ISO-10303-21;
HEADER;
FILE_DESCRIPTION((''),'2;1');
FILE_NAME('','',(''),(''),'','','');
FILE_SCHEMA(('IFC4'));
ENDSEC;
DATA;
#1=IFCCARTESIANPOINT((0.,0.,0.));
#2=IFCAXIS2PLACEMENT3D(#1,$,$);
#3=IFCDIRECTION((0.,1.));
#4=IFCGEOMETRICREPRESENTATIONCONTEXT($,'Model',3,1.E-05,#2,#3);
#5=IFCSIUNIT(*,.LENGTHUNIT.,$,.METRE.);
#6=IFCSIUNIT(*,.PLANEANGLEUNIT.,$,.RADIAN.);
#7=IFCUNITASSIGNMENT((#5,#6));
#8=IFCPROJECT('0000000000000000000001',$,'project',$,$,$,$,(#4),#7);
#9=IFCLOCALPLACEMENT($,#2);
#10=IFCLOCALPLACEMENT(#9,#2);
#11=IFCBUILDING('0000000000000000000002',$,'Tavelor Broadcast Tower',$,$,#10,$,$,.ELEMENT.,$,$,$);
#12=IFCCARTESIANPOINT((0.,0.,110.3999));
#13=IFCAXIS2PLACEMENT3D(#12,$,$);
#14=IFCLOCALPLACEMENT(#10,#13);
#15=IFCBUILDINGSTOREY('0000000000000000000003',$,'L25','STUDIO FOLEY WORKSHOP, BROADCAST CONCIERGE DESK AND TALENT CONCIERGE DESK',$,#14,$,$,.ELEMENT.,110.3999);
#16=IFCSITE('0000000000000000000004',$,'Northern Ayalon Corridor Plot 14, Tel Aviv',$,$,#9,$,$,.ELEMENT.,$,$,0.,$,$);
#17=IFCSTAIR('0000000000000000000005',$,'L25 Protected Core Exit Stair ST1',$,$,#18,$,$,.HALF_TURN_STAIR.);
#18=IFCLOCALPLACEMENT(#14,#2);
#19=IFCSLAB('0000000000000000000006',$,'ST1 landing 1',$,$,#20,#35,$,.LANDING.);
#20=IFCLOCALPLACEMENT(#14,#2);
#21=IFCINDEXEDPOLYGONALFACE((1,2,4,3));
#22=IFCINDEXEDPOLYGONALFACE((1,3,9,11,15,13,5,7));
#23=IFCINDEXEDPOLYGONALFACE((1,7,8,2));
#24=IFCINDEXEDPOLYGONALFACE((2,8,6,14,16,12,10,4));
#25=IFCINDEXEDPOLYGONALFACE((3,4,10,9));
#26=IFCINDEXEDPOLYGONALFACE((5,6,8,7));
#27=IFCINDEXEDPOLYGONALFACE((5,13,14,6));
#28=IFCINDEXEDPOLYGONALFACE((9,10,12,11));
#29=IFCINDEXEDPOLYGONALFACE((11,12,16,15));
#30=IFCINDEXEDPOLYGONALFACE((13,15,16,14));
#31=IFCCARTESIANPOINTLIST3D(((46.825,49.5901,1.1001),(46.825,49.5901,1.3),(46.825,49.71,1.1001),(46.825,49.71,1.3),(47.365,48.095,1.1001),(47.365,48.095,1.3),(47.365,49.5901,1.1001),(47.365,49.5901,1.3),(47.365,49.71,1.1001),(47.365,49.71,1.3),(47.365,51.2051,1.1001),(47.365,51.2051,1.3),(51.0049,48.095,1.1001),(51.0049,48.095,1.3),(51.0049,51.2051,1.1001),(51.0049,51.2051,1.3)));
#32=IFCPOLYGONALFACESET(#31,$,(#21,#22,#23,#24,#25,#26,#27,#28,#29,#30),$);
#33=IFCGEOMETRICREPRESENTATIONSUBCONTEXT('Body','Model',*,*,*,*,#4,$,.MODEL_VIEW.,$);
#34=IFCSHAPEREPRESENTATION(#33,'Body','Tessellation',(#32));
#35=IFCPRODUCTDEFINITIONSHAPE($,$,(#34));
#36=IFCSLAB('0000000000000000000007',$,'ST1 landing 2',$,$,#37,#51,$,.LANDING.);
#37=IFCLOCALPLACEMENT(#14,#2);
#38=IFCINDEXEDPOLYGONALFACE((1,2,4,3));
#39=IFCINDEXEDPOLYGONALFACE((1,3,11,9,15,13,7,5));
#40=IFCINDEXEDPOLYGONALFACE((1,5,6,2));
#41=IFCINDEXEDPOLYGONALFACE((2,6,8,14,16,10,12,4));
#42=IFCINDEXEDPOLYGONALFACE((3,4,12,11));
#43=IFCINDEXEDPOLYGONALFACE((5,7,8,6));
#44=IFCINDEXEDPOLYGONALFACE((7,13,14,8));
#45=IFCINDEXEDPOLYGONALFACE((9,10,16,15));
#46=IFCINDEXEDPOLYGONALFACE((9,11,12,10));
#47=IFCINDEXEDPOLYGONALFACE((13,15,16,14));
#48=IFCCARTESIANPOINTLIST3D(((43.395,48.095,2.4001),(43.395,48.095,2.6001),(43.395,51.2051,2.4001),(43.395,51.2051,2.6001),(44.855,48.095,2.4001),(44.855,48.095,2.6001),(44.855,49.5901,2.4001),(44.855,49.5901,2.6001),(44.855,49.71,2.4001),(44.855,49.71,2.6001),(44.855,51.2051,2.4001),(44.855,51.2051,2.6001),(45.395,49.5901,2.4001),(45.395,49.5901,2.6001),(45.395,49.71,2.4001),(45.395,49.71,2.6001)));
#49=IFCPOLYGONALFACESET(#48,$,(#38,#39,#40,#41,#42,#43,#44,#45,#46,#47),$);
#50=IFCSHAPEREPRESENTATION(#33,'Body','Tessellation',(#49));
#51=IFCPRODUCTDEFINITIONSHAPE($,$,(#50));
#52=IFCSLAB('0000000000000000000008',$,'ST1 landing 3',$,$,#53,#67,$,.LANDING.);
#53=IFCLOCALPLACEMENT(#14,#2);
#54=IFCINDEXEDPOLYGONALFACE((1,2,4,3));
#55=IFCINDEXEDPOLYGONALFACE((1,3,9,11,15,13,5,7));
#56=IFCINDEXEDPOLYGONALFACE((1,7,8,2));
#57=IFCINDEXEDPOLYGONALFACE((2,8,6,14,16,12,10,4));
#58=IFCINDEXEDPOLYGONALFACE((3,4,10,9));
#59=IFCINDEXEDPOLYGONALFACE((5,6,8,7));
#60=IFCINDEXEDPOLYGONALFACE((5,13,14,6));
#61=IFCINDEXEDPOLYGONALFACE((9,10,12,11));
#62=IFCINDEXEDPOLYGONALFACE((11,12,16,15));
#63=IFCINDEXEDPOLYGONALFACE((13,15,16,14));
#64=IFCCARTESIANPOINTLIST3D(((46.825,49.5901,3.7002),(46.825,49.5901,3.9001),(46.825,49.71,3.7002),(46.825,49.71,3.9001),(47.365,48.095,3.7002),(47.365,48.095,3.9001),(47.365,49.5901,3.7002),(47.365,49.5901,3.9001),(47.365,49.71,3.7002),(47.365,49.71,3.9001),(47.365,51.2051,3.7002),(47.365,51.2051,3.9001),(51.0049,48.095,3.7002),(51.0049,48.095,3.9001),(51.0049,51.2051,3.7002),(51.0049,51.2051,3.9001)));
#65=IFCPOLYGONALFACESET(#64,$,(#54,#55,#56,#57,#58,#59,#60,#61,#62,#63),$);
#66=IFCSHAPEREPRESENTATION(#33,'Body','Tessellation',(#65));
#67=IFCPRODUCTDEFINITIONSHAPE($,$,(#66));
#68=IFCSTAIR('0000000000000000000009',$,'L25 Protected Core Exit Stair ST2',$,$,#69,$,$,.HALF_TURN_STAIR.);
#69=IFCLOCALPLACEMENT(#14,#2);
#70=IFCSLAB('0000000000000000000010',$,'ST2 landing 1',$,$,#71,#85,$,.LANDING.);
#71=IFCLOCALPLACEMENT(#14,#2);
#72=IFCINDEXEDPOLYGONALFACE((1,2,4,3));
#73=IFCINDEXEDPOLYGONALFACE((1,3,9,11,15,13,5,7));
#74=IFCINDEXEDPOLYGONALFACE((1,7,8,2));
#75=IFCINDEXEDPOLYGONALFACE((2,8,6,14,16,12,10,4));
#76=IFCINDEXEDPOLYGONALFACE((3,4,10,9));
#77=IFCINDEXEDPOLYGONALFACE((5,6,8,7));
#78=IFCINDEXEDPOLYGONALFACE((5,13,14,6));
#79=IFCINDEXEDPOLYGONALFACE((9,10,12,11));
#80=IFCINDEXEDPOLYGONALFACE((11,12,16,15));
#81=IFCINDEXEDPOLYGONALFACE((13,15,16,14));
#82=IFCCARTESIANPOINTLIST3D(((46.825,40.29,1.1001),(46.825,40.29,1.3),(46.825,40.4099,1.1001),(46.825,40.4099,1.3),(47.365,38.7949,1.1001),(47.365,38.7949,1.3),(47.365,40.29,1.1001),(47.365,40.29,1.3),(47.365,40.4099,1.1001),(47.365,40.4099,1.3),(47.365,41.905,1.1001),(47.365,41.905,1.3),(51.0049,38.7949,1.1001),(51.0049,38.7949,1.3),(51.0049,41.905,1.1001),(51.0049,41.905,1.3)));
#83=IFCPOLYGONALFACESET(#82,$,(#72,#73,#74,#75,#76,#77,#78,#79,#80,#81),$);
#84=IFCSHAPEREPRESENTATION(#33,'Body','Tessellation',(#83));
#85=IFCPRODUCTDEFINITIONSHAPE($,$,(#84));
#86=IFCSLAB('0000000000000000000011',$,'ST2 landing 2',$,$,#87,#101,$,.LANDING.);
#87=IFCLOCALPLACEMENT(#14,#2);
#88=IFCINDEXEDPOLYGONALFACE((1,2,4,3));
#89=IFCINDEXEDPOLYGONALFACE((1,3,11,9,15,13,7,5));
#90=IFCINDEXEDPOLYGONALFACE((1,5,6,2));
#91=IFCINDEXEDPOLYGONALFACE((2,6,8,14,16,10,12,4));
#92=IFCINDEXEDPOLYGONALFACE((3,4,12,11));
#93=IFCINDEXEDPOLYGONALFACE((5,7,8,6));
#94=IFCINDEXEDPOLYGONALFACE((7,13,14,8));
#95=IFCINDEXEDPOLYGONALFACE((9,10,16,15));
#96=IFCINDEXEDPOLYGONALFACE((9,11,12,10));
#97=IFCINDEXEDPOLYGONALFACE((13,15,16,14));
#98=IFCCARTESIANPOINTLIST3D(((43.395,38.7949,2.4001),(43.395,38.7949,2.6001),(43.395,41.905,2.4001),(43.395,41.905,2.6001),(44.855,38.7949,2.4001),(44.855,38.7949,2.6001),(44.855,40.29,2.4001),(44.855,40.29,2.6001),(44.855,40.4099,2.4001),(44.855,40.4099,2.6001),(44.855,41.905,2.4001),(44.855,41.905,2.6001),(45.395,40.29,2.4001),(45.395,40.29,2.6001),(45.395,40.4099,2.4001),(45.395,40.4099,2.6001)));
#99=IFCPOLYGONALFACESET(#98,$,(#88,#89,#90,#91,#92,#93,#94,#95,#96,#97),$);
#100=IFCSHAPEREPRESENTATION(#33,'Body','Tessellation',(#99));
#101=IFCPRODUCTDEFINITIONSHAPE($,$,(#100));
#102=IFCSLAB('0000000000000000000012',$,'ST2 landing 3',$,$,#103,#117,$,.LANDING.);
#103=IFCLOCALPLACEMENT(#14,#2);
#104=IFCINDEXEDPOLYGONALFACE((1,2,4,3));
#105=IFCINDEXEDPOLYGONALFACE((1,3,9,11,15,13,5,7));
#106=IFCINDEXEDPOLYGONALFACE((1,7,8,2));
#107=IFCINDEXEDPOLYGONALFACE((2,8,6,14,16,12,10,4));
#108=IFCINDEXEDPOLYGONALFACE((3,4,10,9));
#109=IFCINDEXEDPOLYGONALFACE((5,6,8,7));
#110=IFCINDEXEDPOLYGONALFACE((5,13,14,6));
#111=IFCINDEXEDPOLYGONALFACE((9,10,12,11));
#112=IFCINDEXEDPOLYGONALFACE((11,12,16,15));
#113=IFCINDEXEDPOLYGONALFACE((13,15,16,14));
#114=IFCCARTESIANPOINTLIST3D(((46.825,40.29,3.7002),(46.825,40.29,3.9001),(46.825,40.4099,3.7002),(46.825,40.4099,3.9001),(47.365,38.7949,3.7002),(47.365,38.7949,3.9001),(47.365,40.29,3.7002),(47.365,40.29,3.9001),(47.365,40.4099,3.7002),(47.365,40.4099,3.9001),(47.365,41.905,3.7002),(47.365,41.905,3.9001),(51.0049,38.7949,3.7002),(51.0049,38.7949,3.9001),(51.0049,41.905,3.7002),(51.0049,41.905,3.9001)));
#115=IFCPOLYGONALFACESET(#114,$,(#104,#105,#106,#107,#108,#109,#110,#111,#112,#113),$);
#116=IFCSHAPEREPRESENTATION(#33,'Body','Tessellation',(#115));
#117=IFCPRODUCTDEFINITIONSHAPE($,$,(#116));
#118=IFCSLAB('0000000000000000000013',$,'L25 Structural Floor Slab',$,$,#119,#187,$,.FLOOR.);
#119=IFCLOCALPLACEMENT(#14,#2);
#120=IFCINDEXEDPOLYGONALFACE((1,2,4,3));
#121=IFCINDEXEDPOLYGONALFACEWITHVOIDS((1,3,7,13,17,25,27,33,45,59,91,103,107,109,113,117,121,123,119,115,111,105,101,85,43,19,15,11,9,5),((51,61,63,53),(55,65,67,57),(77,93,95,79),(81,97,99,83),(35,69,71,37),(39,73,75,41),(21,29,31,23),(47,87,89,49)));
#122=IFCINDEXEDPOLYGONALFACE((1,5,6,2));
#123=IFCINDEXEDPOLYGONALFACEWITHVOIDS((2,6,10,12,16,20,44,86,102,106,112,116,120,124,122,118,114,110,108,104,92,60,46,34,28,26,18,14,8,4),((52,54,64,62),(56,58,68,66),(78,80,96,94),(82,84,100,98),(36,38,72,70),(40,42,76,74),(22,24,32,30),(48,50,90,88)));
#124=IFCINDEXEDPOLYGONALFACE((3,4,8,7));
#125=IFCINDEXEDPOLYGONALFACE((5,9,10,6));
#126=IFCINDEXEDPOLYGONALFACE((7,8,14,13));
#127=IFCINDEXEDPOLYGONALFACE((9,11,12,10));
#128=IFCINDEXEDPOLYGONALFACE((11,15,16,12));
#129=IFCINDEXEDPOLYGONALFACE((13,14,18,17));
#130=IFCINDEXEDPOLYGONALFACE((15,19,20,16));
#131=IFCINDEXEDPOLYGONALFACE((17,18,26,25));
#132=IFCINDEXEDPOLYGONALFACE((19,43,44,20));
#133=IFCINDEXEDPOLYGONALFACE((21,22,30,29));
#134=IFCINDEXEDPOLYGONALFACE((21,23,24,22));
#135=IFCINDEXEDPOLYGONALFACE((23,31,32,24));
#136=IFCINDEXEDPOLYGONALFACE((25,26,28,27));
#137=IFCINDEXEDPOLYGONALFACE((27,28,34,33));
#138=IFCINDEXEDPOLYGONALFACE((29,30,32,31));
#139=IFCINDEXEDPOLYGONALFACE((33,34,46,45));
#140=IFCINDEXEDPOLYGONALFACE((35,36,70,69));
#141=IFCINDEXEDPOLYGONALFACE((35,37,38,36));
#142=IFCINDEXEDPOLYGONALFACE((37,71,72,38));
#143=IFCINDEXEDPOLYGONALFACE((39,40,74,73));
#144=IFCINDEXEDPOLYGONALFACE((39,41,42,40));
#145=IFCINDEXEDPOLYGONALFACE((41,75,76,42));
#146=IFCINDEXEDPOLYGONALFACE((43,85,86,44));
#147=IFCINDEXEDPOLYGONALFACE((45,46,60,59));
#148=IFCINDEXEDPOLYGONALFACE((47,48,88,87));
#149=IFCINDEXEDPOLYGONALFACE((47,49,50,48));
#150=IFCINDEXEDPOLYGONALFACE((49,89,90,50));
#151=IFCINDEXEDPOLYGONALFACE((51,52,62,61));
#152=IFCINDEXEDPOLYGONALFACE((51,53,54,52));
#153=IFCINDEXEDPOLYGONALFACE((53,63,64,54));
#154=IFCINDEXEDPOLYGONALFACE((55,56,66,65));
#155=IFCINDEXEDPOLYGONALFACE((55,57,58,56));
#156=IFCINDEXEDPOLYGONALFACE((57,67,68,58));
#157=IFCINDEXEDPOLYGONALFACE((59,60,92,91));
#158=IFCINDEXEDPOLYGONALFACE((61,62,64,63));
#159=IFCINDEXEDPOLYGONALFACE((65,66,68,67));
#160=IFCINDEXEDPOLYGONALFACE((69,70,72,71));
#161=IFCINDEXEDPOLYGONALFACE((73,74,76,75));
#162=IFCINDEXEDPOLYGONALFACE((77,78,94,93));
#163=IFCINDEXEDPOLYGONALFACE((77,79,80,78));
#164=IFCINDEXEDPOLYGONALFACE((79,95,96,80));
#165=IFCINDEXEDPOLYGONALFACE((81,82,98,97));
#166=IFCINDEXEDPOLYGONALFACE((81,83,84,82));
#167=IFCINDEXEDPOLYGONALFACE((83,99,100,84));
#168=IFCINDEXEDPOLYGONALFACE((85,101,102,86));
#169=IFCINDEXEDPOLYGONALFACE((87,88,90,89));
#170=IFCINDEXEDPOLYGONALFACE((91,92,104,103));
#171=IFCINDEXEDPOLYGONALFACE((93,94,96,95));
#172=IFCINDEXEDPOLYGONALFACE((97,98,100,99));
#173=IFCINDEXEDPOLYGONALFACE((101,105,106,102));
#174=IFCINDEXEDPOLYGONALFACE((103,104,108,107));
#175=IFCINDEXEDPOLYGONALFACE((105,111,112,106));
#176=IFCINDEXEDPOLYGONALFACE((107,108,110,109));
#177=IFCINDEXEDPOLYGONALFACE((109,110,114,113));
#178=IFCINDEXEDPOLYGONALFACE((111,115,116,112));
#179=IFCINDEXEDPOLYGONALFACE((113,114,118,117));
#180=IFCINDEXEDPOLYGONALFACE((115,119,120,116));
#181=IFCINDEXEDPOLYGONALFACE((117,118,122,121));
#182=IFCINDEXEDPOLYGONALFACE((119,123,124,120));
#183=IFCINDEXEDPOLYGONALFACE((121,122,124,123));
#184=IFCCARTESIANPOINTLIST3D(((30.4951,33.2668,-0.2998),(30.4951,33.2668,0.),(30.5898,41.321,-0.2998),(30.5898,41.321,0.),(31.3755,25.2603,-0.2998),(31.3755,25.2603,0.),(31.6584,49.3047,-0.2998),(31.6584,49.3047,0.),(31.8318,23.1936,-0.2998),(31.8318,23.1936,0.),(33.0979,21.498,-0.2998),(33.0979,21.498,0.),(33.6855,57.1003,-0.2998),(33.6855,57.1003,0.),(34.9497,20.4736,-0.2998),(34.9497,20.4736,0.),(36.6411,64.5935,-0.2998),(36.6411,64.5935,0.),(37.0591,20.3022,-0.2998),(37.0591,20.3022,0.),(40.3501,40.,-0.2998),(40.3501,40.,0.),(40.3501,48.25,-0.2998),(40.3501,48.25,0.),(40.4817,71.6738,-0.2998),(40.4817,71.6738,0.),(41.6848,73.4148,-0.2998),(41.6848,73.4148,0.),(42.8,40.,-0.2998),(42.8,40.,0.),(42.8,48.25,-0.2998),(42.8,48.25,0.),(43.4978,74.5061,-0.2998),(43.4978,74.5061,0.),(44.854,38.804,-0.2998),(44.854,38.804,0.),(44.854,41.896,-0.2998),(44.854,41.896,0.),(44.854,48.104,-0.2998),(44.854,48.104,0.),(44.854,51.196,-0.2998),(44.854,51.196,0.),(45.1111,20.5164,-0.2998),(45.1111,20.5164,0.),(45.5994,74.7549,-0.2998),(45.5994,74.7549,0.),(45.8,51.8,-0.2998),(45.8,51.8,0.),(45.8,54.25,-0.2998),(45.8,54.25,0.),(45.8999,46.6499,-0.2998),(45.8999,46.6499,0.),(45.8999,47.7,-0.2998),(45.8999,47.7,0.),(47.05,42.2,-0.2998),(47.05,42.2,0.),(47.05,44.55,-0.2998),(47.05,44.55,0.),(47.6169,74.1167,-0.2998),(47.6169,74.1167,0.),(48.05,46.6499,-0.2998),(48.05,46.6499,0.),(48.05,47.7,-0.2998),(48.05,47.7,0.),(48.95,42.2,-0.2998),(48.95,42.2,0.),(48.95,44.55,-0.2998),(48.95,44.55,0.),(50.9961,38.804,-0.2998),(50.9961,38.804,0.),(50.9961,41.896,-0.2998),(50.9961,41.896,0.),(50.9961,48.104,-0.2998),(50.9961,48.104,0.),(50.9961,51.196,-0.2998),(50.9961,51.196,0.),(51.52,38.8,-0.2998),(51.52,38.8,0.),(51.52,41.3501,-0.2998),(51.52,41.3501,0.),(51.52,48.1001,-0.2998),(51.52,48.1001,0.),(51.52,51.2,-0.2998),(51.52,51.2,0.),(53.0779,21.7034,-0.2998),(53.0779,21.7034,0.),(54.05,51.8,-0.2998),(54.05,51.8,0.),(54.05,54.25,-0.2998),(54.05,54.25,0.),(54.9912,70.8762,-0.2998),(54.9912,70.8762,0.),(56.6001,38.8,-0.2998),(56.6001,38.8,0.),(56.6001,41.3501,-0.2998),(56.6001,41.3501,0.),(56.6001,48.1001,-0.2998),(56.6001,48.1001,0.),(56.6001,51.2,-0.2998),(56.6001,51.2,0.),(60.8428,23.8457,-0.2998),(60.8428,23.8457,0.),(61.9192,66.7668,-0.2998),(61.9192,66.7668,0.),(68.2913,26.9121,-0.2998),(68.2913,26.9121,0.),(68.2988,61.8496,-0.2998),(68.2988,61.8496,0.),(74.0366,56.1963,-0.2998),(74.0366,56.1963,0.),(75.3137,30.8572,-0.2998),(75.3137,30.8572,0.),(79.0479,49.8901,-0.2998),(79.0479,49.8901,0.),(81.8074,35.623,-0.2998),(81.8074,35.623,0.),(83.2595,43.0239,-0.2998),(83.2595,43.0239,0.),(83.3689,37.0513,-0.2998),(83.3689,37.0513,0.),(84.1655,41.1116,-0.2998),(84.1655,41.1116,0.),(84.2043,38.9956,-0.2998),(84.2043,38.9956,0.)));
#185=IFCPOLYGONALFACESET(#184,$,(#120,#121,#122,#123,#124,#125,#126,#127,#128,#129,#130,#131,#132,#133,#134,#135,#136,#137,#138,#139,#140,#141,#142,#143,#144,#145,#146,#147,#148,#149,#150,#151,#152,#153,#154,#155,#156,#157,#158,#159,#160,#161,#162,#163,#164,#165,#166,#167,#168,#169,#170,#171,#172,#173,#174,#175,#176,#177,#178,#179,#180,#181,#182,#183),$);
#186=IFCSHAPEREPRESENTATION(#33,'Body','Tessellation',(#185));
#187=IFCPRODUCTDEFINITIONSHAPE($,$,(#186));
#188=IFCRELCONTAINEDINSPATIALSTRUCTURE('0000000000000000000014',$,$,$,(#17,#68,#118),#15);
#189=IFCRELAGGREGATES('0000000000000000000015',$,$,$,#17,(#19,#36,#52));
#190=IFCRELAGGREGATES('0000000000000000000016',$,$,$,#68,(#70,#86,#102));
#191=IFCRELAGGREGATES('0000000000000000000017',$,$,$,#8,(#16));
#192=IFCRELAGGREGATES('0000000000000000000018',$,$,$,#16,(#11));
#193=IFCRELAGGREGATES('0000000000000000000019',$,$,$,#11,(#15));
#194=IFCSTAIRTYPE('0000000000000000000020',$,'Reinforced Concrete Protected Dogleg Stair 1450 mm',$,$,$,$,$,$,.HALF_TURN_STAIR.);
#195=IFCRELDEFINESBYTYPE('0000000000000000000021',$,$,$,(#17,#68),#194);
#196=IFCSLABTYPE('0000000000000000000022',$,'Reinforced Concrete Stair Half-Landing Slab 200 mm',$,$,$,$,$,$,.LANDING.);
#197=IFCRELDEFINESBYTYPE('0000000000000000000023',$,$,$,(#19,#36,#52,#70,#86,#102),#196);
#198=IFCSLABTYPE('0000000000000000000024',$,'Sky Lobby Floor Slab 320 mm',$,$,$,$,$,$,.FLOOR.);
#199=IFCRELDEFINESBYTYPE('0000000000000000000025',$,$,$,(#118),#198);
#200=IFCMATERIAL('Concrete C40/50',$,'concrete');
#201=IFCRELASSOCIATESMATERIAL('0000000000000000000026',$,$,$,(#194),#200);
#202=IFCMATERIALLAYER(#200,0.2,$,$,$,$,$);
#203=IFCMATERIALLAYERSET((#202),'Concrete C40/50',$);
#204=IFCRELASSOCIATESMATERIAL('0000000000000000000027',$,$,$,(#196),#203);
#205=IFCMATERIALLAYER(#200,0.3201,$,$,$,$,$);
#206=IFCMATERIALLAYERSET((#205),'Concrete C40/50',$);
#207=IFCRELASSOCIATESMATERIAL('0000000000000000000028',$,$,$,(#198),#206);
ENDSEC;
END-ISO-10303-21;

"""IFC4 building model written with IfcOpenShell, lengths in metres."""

from ifc_helpers import new_model, si_unit, direction, frame, origin, place, context, subcontext, project, spatial, polyline, outline, extrude, material, layer, layer_set, type_object, element, aggregate, save


model = new_model("IFC4")

# Units and contexts
model_context = context("Model", 3, precision=1e-05, world=origin(), true_north=direction((0.0, 1.0)))
body_context = subcontext(model_context, "Body", "Model", "MODEL_VIEW")
ifc_project = project(units=[si_unit("LENGTHUNIT", "METRE"), si_unit("PLANEANGLEUNIT", "RADIAN")], contexts=[model_context])

# Site, building, storey
site_placement = place(None, origin())
site = spatial("IfcSite", under=ifc_project, at=site_placement, Name="Northern Ayalon Corridor Plot 14, Tel Aviv", CompositionType="ELEMENT", RefElevation=0.0)
building_placement = place(site_placement, origin())
building = spatial("IfcBuilding", under=site, at=building_placement, Name="Tavelor Broadcast Tower", CompositionType="ELEMENT")
storey_placement = place(building_placement, frame((0.0, 0.0, 110.3999)))
storey = spatial("IfcBuildingStorey", under=building, at=storey_placement, Name="L25", Description="STUDIO FOLEY WORKSHOP, BROADCAST CONCIERGE DESK AND TALENT CONCIERGE DESK", CompositionType="ELEMENT", Elevation=110.3999)

# Stairs, slabs
ifc_material_1 = material(Name="Concrete C40/50", Category="concrete")
stair_type = type_object("IfcStairType", Name="Reinforced Concrete Protected Dogleg Stair 1450 mm", PredefinedType="HALF_TURN_STAIR", material=ifc_material_1)
stair_1_placement = place(storey_placement, origin())
stair_1 = element("IfcStair", 1, at=stair_1_placement, inside=storey, type_object=stair_type, Name="L25 Protected Core Exit Stair ST1", PredefinedType="HALF_TURN_STAIR")
ifc_layer_1 = layer(ifc_material_1, 0.2)
ifc_layer_set_1 = layer_set([ifc_layer_1], Name="Concrete C40/50")
slab_type_1 = type_object("IfcSlabType", Name="Reinforced Concrete Stair Half-Landing Slab 200 mm", PredefinedType="LANDING", material=ifc_layer_set_1)
slab_1_placement = place(storey_placement, frame((0.0, 0.0, 1.1001)))
slab_1 = element("IfcSlab", 2, at=slab_1_placement, type_object=slab_type_1, Name="ST1 landing 1", PredefinedType="LANDING", context=body_context, shape_type="SweptSolid", body=[
    extrude(outline(polyline([(47.365, 49.5901), (47.365, 48.095), (51.0049, 48.095), (51.0049, 51.2051), (47.365, 51.2051), (47.365, 49.71), (46.825, 49.71), (46.825, 49.5901), (47.365, 49.5901)])), origin(), (0.0, 0.0, 1.0), 0.2),
])
slab_2_placement = place(storey_placement, frame((0.0, 0.0, 2.4001)))
slab_2 = element("IfcSlab", 3, at=slab_2_placement, type_object=slab_type_1, Name="ST1 landing 2", PredefinedType="LANDING", context=body_context, shape_type="SweptSolid", body=[
    extrude(outline(polyline([(43.395, 48.095), (44.855, 48.095), (44.855, 49.5901), (45.395, 49.5901), (45.395, 49.71), (44.855, 49.71), (44.855, 51.2051), (43.395, 51.2051), (43.395, 48.095)])), origin(), (0.0, 0.0, 1.0), 0.2),
])
slab_3_placement = place(storey_placement, frame((0.0, 0.0, 3.7002)))
slab_3 = element("IfcSlab", 4, at=slab_3_placement, type_object=slab_type_1, Name="ST1 landing 3", PredefinedType="LANDING", context=body_context, shape_type="SweptSolid", body=[
    extrude(outline(polyline([(47.365, 49.5901), (47.365, 48.095), (51.0049, 48.095), (51.0049, 51.2051), (47.365, 51.2051), (47.365, 49.71), (46.825, 49.71), (46.825, 49.5901), (47.365, 49.5901)])), origin(), (0.0, 0.0, 1.0), 0.2),
])
aggregate(stair_1, [slab_1, slab_2, slab_3])
stair_2_placement = place(storey_placement, origin())
stair_2 = element("IfcStair", 5, at=stair_2_placement, inside=storey, type_object=stair_type, Name="L25 Protected Core Exit Stair ST2", PredefinedType="HALF_TURN_STAIR")
slab_4_placement = place(storey_placement, frame((0.0, 0.0, 1.1001)))
slab_4 = element("IfcSlab", 6, at=slab_4_placement, type_object=slab_type_1, Name="ST2 landing 1", PredefinedType="LANDING", context=body_context, shape_type="SweptSolid", body=[
    extrude(outline(polyline([(47.365, 40.29), (47.365, 38.7949), (51.0049, 38.7949), (51.0049, 41.905), (47.365, 41.905), (47.365, 40.4099), (46.825, 40.4099), (46.825, 40.29), (47.365, 40.29)])), origin(), (0.0, 0.0, 1.0), 0.2),
])
slab_5_placement = place(storey_placement, frame((0.0, 0.0, 2.4001)))
slab_5 = element("IfcSlab", 7, at=slab_5_placement, type_object=slab_type_1, Name="ST2 landing 2", PredefinedType="LANDING", context=body_context, shape_type="SweptSolid", body=[
    extrude(outline(polyline([(43.395, 38.7949), (44.855, 38.7949), (44.855, 40.29), (45.395, 40.29), (45.395, 40.4099), (44.855, 40.4099), (44.855, 41.905), (43.395, 41.905), (43.395, 38.7949)])), origin(), (0.0, 0.0, 1.0), 0.2),
])
slab_6_placement = place(storey_placement, frame((0.0, 0.0, 3.7002)))
slab_6 = element("IfcSlab", 8, at=slab_6_placement, type_object=slab_type_1, Name="ST2 landing 3", PredefinedType="LANDING", context=body_context, shape_type="SweptSolid", body=[
    extrude(outline(polyline([(47.365, 40.29), (47.365, 38.7949), (51.0049, 38.7949), (51.0049, 41.905), (47.365, 41.905), (47.365, 40.4099), (46.825, 40.4099), (46.825, 40.29), (47.365, 40.29)])), origin(), (0.0, 0.0, 1.0), 0.2),
])
aggregate(stair_2, [slab_4, slab_5, slab_6])

# Slab
ifc_layer_2 = layer(ifc_material_1, 0.3201)
ifc_layer_set_2 = layer_set([ifc_layer_2], Name="Concrete C40/50")
slab_type_2 = type_object("IfcSlabType", Name="Sky Lobby Floor Slab 320 mm", PredefinedType="FLOOR", material=ifc_layer_set_2)
slab_7_placement = place(storey_placement, frame((0.0, 0.0, -0.2998)))
element("IfcSlab", 9, at=slab_7_placement, inside=storey, type_object=slab_type_2, Name="L25 Structural Floor Slab", PredefinedType="FLOOR", context=body_context, shape_type="SweptSolid", body=[
    extrude(outline(polyline([(47.6169, 74.1167), (45.5994, 74.7549), (43.4978, 74.5061), (41.6848, 73.4148), (40.4817, 71.6738), (36.6411, 64.5935), (33.6855, 57.1003), (31.6584, 49.3047), (30.5898, 41.321), (30.4951, 33.2668), (31.3755, 25.2603), (31.8318, 23.1936), (33.0979, 21.498), (34.9497, 20.4736), (37.0591, 20.3022), (45.1111, 20.5164), (53.0779, 21.7034), (60.8428, 23.8457), (68.2913, 26.9121), (75.3137, 30.8572), (81.8074, 35.623), (83.3689, 37.0513), (84.2043, 38.9956), (84.1655, 41.1116), (83.2595, 43.0239), (79.0479, 49.8901), (74.0366, 56.1963), (68.2988, 61.8496), (61.9192, 66.7668), (54.9912, 70.8762), (47.6169, 74.1167)]), holes=[polyline([(56.6001, 38.8), (51.52, 38.8), (51.52, 41.3501), (56.6001, 41.3501), (56.6001, 38.8)]), polyline([(50.9961, 38.804), (44.854, 38.804), (44.854, 41.896), (50.9961, 41.896), (50.9961, 38.804)]), polyline([(47.05, 42.2), (47.05, 44.55), (48.95, 44.55), (48.95, 42.2), (47.05, 42.2)]), polyline([(40.3501, 40.0), (40.3501, 48.25), (42.8, 48.25), (42.8, 40.0), (40.3501, 40.0)]), polyline([(48.05, 46.6499), (45.8999, 46.6499), (45.8999, 47.7), (48.05, 47.7), (48.05, 46.6499)]), polyline([(50.9961, 48.104), (44.854, 48.104), (44.854, 51.196), (50.9961, 51.196), (50.9961, 48.104)]), polyline([(56.6001, 48.1001), (51.52, 48.1001), (51.52, 51.2), (56.6001, 51.2), (56.6001, 48.1001)]), polyline([(54.05, 51.8), (45.8, 51.8), (45.8, 54.25), (54.05, 54.25), (54.05, 51.8)])]), origin(), (0.0, 0.0, 1.0), 0.2998),
])

save(model, "model.ifc")
